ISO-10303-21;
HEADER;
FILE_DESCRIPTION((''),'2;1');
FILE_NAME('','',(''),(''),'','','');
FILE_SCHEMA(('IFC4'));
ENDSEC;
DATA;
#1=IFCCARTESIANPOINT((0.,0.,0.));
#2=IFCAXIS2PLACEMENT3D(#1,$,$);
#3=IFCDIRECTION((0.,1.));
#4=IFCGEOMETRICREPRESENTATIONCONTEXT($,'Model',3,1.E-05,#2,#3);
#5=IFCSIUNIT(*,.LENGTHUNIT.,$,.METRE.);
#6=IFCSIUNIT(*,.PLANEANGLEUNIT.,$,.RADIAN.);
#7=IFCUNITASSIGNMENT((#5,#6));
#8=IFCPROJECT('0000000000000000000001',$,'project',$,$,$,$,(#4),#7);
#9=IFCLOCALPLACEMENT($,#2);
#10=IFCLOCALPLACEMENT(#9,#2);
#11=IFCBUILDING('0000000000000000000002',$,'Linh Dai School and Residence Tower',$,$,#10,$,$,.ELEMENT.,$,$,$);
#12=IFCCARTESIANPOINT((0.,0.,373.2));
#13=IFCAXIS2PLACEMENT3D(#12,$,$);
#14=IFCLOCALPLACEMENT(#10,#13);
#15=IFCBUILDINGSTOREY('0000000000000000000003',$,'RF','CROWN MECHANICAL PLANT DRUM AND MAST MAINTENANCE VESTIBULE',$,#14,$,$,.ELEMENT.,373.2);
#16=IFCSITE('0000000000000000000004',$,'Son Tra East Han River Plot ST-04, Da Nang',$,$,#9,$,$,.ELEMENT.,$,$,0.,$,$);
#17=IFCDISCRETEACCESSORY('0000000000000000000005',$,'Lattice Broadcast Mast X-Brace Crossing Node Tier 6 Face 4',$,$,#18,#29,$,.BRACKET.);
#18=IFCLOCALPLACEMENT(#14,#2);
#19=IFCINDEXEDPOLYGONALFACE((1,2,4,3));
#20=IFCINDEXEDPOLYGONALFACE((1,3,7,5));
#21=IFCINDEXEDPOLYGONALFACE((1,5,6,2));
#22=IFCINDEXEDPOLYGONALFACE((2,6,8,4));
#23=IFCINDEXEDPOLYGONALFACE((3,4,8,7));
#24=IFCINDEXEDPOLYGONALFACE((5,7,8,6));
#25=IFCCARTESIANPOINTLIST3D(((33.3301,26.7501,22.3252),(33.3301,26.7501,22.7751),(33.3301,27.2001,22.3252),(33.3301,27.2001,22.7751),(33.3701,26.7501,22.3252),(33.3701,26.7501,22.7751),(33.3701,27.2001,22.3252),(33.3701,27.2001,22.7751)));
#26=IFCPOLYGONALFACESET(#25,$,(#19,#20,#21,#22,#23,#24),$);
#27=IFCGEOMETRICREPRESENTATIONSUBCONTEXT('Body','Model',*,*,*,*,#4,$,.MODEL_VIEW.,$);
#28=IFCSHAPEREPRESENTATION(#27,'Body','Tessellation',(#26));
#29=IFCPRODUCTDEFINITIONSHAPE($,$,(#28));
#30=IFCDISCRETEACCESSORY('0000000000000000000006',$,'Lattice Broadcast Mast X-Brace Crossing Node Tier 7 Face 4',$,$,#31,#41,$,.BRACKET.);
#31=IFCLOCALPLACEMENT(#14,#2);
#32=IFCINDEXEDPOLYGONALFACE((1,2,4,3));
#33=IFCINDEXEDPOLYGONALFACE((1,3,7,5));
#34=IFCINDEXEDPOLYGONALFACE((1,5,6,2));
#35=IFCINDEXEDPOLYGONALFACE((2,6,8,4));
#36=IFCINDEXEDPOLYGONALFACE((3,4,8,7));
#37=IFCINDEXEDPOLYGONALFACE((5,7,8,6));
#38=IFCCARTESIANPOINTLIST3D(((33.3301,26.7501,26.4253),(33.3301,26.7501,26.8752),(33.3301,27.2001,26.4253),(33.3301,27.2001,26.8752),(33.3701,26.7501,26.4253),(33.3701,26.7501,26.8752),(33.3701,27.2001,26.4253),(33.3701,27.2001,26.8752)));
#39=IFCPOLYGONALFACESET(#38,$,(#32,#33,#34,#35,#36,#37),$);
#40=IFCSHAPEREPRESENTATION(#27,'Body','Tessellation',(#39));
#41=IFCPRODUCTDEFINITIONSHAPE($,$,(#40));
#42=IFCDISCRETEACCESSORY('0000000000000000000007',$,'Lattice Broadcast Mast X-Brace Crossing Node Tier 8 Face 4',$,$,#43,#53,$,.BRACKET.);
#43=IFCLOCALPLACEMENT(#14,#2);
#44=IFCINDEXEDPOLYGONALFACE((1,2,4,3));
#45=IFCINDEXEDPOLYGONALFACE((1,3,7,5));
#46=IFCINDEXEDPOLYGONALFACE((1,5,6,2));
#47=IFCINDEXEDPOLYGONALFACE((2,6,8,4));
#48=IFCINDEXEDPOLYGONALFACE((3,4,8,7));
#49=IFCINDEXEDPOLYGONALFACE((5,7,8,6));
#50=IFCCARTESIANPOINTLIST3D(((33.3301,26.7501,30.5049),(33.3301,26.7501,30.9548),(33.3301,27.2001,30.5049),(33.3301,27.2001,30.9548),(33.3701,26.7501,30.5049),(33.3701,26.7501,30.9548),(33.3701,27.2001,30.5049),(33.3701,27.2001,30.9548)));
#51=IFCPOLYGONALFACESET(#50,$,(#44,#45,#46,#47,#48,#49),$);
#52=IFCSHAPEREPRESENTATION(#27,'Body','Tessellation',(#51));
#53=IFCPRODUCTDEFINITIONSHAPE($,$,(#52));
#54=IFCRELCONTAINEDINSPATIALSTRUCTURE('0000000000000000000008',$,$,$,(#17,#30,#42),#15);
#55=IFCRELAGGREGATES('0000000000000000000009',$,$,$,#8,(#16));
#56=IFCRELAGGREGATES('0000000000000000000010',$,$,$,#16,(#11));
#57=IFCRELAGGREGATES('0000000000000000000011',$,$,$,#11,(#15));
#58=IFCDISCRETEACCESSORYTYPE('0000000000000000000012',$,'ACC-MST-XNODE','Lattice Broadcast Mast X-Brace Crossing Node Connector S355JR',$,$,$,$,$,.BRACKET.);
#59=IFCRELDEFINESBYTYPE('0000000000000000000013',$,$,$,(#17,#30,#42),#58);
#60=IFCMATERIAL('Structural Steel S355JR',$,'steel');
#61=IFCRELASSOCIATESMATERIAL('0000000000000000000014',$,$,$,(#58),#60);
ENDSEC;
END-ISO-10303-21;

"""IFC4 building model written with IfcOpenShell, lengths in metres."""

from ifc_helpers import new_model, si_unit, direction, frame, origin, origin_2d, place, context, subcontext, project, spatial, rectangle, extrude, source, transform, mapped, material, type_object, element, save


model = new_model("IFC4")

# Units and contexts
model_context = context("Model", 3, precision=1e-05, world=origin(), true_north=direction((0.0, 1.0)))
body_context = subcontext(model_context, "Body", "Model", "MODEL_VIEW")
ifc_project = project(units=[si_unit("LENGTHUNIT", "METRE"), si_unit("PLANEANGLEUNIT", "RADIAN")], contexts=[model_context])

# Site, building, storey
site_placement = place(None, origin())
site = spatial("IfcSite", under=ifc_project, at=site_placement, Name="Son Tra East Han River Plot ST-04, Da Nang", CompositionType="ELEMENT", RefElevation=0.0)
building_placement = place(site_placement, origin())
building = spatial("IfcBuilding", under=site, at=building_placement, Name="Linh Dai School and Residence Tower", CompositionType="ELEMENT")
storey_placement = place(building_placement, frame((0.0, 0.0, 373.2)))
storey = spatial("IfcBuildingStorey", under=building, at=storey_placement, Name="RF", Description="CROWN MECHANICAL PLANT DRUM AND MAST MAINTENANCE VESTIBULE", CompositionType="ELEMENT", Elevation=373.2)

# Shared definitions
ifc_material = material(Name="Structural Steel S355JR", Category="steel")

# Discrete accessories
discrete_accessory_type = type_object("IfcDiscreteAccessoryType", Name="ACC-MST-XNODE", Description="Lattice Broadcast Mast X-Brace Crossing Node Connector S355JR", PredefinedType="BRACKET", material=ifc_material)
shared_shape = source(origin(), body_context, "Body", "SweptSolid", [
    extrude(rectangle(XDim=0.45, YDim=0.04, at=origin_2d()), origin(), (0.0, 0.0, 1.0), 0.45),
])
for number, where, z_axis, x_axis, name in (
    (1, (33.3501, 26.9751, 22.3252), (0.0, 0.0, 1.0), (0.0, -1.0, 0.0), "Lattice Broadcast Mast X-Brace Crossing Node Tier 6 Face 4"),
    (2, (33.3501, 26.9751, 26.4253), (0.0, 0.0, 1.0), (0.0, -1.0, 0.0), "Lattice Broadcast Mast X-Brace Crossing Node Tier 7 Face 4"),
    (3, (33.3501, 26.9751, 30.5049), (0.0, 0.0, 1.0), (0.0, -1.0, 0.0), "Lattice Broadcast Mast X-Brace Crossing Node Tier 8 Face 4"),
):
    element("IfcDiscreteAccessory", number, at=place(storey_placement, frame(where, z_axis=z_axis, x_axis=x_axis)), inside=storey, type_object=discrete_accessory_type, Name=name, PredefinedType="BRACKET", context=body_context, shape_type="MappedRepresentation", body=[
        mapped(shared_shape, transform((0.0, 0.0, 0.0), x_axis=(1.0, 0.0, 0.0), y_axis=(0.0, 1.0, 0.0), z_axis=(0.0, 0.0, 1.0), scale=1.0)),
    ])

save(model, "model.ifc")
